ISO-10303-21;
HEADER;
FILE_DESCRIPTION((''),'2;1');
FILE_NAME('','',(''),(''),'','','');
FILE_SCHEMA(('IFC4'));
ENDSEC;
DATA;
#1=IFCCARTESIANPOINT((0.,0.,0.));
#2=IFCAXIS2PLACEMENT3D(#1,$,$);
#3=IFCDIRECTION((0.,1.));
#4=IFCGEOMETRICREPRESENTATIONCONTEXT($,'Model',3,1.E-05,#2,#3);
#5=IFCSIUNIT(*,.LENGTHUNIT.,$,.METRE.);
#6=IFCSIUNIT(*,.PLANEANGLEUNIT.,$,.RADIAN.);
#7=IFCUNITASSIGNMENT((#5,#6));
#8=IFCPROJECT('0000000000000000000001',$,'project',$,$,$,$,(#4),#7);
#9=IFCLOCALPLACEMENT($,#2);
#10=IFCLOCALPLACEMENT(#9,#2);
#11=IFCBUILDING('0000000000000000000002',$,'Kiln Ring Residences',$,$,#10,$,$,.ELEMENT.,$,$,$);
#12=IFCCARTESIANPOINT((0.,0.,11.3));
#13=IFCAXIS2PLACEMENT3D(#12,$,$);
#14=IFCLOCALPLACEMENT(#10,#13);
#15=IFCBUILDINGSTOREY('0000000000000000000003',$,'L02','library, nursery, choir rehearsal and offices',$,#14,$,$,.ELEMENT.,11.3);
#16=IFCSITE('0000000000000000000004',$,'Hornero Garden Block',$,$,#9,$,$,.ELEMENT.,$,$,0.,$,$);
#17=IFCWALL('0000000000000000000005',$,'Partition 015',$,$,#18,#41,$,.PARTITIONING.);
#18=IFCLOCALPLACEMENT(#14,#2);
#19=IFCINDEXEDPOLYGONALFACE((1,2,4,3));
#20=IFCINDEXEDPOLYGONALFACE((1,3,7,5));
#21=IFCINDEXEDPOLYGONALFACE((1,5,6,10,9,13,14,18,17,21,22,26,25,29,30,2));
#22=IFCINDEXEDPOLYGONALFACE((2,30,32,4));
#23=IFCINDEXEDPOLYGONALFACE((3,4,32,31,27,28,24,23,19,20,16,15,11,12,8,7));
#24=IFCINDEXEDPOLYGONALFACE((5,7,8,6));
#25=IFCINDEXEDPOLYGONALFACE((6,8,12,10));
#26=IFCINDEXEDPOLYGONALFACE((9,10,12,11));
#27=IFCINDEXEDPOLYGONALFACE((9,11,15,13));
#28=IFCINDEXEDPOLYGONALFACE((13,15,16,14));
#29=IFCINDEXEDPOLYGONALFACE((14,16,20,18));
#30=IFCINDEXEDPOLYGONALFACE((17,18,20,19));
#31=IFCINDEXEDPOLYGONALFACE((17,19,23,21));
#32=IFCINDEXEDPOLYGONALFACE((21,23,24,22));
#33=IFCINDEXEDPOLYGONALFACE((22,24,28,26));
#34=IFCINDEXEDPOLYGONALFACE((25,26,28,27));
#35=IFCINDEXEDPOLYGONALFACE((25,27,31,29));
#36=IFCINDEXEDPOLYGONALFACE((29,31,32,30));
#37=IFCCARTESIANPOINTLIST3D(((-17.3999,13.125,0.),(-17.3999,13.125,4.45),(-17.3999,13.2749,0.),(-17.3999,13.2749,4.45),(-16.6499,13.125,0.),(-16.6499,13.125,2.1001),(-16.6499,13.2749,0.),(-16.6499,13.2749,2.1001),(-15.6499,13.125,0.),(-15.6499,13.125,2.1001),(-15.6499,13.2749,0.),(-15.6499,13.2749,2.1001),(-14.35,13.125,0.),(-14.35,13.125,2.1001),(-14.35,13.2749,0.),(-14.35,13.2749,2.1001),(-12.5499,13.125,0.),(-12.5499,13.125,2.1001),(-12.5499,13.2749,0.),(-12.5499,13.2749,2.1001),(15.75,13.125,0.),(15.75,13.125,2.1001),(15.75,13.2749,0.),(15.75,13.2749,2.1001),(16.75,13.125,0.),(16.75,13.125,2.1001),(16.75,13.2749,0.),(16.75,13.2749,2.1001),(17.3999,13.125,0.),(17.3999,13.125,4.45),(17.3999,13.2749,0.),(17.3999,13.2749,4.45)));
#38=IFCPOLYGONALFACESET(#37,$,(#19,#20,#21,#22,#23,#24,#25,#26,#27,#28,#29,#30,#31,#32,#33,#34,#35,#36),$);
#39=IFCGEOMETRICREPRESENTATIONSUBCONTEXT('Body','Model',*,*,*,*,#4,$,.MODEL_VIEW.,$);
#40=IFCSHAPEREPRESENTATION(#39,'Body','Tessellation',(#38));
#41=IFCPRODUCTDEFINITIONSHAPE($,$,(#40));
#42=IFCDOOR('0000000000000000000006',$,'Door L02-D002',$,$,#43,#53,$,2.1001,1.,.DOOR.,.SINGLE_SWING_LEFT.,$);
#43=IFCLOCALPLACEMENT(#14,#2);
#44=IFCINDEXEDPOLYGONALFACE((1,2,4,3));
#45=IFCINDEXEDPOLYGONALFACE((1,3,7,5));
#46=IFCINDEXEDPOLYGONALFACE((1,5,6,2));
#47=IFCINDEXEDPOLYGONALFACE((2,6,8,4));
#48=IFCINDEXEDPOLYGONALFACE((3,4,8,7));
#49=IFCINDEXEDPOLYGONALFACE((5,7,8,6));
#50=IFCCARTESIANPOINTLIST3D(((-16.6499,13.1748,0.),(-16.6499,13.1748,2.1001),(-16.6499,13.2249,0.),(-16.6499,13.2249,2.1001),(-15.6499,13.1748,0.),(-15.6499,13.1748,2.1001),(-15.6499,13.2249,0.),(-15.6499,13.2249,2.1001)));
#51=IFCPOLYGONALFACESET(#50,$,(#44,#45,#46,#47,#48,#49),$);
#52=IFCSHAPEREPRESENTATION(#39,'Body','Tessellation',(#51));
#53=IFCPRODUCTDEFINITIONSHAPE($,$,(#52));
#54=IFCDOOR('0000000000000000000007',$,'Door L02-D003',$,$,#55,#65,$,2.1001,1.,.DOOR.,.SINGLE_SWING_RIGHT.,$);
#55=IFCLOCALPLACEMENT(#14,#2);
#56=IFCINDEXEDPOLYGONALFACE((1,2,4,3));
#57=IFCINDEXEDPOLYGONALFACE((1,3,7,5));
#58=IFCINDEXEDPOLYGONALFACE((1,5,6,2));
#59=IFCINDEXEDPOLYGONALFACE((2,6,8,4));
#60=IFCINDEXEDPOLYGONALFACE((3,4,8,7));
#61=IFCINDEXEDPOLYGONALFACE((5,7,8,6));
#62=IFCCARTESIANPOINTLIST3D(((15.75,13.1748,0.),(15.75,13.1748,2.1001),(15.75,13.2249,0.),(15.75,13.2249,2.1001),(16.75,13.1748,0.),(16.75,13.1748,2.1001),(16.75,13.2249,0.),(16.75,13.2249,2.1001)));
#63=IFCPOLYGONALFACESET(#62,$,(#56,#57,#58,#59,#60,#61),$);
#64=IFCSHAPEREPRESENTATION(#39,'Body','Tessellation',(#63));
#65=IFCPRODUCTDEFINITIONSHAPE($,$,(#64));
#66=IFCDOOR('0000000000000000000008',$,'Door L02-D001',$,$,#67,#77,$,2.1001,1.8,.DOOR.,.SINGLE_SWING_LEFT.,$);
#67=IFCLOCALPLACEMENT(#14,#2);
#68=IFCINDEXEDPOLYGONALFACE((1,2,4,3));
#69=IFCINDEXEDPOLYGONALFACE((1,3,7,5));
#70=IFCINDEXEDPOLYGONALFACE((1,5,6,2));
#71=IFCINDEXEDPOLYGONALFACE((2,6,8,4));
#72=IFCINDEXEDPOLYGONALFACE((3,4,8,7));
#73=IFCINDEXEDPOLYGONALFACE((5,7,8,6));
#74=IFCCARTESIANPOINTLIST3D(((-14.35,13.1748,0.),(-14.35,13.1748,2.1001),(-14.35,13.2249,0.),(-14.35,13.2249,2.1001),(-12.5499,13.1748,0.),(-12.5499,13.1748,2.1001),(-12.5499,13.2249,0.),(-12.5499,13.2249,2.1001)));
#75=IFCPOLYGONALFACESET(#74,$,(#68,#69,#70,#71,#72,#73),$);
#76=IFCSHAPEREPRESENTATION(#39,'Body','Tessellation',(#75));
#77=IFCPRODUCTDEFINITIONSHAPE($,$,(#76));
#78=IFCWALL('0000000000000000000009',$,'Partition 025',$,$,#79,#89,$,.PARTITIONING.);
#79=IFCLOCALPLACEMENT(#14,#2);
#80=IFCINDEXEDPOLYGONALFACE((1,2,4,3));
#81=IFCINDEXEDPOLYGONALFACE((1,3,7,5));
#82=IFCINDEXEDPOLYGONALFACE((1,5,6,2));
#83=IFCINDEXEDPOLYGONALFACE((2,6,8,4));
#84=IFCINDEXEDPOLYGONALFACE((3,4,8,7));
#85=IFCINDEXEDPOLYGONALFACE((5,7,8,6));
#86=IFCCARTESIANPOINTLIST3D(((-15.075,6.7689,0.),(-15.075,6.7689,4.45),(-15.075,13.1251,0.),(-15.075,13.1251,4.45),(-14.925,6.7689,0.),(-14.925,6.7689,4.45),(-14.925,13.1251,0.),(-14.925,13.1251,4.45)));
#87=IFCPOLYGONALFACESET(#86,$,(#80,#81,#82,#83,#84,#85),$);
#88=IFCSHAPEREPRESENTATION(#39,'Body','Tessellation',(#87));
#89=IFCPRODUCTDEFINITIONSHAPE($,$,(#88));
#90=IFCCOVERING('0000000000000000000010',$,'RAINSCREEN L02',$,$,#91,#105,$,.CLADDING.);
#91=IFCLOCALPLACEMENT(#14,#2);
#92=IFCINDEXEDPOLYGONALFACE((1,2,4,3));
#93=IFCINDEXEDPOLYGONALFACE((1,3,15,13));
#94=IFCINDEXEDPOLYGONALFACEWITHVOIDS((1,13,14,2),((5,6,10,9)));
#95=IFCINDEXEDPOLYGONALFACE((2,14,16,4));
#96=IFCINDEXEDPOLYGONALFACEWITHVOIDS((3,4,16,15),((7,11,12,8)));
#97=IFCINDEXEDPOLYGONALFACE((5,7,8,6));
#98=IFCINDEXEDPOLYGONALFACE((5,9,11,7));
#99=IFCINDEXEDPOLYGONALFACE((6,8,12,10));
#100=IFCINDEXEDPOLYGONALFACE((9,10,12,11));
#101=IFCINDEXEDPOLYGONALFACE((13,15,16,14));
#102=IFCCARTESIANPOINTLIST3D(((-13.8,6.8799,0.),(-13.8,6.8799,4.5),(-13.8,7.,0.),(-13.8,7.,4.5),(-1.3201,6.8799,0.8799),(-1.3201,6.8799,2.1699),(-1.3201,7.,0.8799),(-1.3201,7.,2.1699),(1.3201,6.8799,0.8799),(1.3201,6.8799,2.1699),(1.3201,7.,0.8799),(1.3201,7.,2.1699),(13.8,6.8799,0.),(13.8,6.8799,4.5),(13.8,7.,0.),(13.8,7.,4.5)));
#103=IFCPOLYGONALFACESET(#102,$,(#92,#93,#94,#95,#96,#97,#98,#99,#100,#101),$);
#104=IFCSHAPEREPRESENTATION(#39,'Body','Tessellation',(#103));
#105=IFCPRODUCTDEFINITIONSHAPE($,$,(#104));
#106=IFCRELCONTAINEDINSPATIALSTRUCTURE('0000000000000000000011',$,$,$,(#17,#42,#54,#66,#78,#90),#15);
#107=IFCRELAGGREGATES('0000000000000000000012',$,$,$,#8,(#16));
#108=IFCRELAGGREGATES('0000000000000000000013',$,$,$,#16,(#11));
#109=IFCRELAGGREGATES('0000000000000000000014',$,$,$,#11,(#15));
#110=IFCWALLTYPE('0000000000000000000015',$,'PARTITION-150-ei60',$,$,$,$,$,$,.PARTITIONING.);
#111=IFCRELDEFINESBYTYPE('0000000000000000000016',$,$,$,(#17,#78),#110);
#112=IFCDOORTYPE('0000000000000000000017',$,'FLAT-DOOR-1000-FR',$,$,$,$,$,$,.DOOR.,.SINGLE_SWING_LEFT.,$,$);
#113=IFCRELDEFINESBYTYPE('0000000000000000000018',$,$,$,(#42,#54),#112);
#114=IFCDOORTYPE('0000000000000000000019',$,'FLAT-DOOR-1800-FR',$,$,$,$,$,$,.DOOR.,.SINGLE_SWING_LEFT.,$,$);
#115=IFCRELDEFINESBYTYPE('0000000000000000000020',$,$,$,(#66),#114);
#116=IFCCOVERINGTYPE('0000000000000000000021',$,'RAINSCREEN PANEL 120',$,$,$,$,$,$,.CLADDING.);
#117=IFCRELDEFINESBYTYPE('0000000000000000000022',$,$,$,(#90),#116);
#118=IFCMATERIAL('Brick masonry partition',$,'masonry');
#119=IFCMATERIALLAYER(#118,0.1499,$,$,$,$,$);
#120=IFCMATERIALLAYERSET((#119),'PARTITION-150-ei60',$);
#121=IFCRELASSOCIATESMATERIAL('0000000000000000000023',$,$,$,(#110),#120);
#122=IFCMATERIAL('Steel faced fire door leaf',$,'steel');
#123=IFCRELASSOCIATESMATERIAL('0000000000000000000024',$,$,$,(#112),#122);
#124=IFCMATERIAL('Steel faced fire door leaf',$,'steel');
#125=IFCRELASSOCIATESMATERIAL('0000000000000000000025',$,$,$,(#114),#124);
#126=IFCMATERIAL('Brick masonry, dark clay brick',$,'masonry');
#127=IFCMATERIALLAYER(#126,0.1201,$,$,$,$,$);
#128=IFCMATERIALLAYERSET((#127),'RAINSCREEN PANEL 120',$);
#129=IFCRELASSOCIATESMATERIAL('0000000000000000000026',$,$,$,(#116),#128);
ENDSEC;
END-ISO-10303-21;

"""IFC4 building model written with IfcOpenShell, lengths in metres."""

from ifc_helpers import new_model, si_unit, direction, frame, frame_2d, origin, place, context, subcontext, project, spatial, polyline, rectangle, outline, extrude, material, layer, layer_set, type_object, element, fill, save


model = new_model("IFC4")

# Units and contexts
model_context = context("Model", 3, precision=1e-05, world=origin(), true_north=direction((0.0, 1.0)))
body_context = subcontext(model_context, "Body", "Model", "MODEL_VIEW")
ifc_project = project(units=[si_unit("LENGTHUNIT", "METRE"), si_unit("PLANEANGLEUNIT", "RADIAN")], contexts=[model_context])

# Site, building, storey
site_placement = place(None, origin())
site = spatial("IfcSite", under=ifc_project, at=site_placement, Name="Hornero Garden Block", CompositionType="ELEMENT", RefElevation=0.0)
building_placement = place(site_placement, origin())
building = spatial("IfcBuilding", under=site, at=building_placement, Name="Kiln Ring Residences", CompositionType="ELEMENT")
storey_placement = place(building_placement, frame((0.0, 0.0, 11.3)))
storey = spatial("IfcBuildingStorey", under=building, at=storey_placement, Name="L02", Description="library, nursery, choir rehearsal and offices", CompositionType="ELEMENT", Elevation=11.3)

# Wall, openings, doors
ifc_material_1 = material(Name="Brick masonry partition", Category="masonry")
ifc_layer_1 = layer(ifc_material_1, 0.1499)
ifc_layer_set_1 = layer_set([ifc_layer_1], Name="PARTITION-150-ei60")
wall_type_1 = type_object("IfcWallType", Name="PARTITION-150-ei60", PredefinedType="PARTITIONING", material=ifc_layer_set_1)
wall_1_placement = place(storey_placement, frame((-17.3999, 13.2, 0.0), z_axis=(0.0, 0.0, 1.0), x_axis=(1.0, 0.0, 0.0)))
wall_1 = element("IfcWall", 1, at=wall_1_placement, inside=storey, type_object=wall_type_1, Name="Partition 015", PredefinedType="PARTITIONING", context=body_context, shape_type="SweptSolid", body=[
    extrude(rectangle(XDim=34.7998, YDim=0.1499, at=frame_2d((17.3999, 0.0))), origin(), (0.0, 0.0, 1.0), 4.45),
])
opening_1_placement = place(wall_1_placement, frame((3.05, 0.0, 0.0)))
opening_1 = element("IfcOpeningElement", 2, at=opening_1_placement, cuts=wall_1, PredefinedType="OPENING", context=body_context, shape_type="SweptSolid", body=[
    extrude(rectangle(XDim=1.8, YDim=2.1001, at=frame_2d((0.8999, 1.05))), frame((0.0, 0.085, 0.0), z_axis=(0.0, -1.0, 0.0), x_axis=(1.0, 0.0, 0.0)), (0.0, 0.0, 1.0), 0.1699),
])
opening_2_placement = place(wall_1_placement, frame((0.75, 0.0, 0.0)))
opening_2 = element("IfcOpeningElement", 3, at=opening_2_placement, cuts=wall_1, PredefinedType="OPENING", context=body_context, shape_type="SweptSolid", body=[
    extrude(rectangle(XDim=1.0, YDim=2.1001, at=frame_2d((0.5, 1.05))), frame((0.0, 0.085, 0.0), z_axis=(0.0, -1.0, 0.0), x_axis=(1.0, 0.0, 0.0)), (0.0, 0.0, 1.0), 0.1699),
])
opening_3_placement = place(wall_1_placement, frame((33.1499, 0.0, 0.0)))
opening_3 = element("IfcOpeningElement", 4, at=opening_3_placement, cuts=wall_1, PredefinedType="OPENING", context=body_context, shape_type="SweptSolid", body=[
    extrude(rectangle(XDim=1.0, YDim=2.1001, at=frame_2d((0.5, 1.05))), frame((0.0, 0.085, 0.0), z_axis=(0.0, -1.0, 0.0), x_axis=(1.0, 0.0, 0.0)), (0.0, 0.0, 1.0), 0.1699),
])
ifc_material_2 = material(Name="Steel faced fire door leaf", Category="steel")
door_type_1 = type_object("IfcDoorType", Name="FLAT-DOOR-1000-FR", OperationType="SINGLE_SWING_LEFT", PredefinedType="DOOR", material=ifc_material_2)
door_1_placement = place(opening_2_placement, origin())
door_1 = element("IfcDoor", 5, at=door_1_placement, inside=storey, type_object=door_type_1, Name="Door L02-D002", OperationType="SINGLE_SWING_LEFT", OverallHeight=2.1001, OverallWidth=1.0, PredefinedType="DOOR", context=body_context, shape_type="SweptSolid", body=[
    extrude(rectangle(XDim=1.0, YDim=2.1001, at=frame_2d((0.5, 1.05))), frame((0.0, 0.0249, 0.0), z_axis=(0.0, -1.0, 0.0), x_axis=(1.0, 0.0, 0.0)), (0.0, 0.0, 1.0), 0.05),
])
fill(opening_2, door_1)
door_2_placement = place(opening_3_placement, origin())
door_2 = element("IfcDoor", 6, at=door_2_placement, inside=storey, type_object=door_type_1, Name="Door L02-D003", OperationType="SINGLE_SWING_RIGHT", OverallHeight=2.1001, OverallWidth=1.0, PredefinedType="DOOR", context=body_context, shape_type="SweptSolid", body=[
    extrude(rectangle(XDim=1.0, YDim=2.1001, at=frame_2d((0.5, 1.05))), frame((0.0, 0.0249, 0.0), z_axis=(0.0, -1.0, 0.0), x_axis=(1.0, 0.0, 0.0)), (0.0, 0.0, 1.0), 0.05),
])
fill(opening_3, door_2)
ifc_material_3 = material(Name="Steel faced fire door leaf", Category="steel")
door_type_2 = type_object("IfcDoorType", Name="FLAT-DOOR-1800-FR", OperationType="SINGLE_SWING_LEFT", PredefinedType="DOOR", material=ifc_material_3)
door_3_placement = place(opening_1_placement, origin())
door_3 = element("IfcDoor", 7, at=door_3_placement, inside=storey, type_object=door_type_2, Name="Door L02-D001", OperationType="SINGLE_SWING_LEFT", OverallHeight=2.1001, OverallWidth=1.8, PredefinedType="DOOR", context=body_context, shape_type="SweptSolid", body=[
    extrude(rectangle(XDim=1.8, YDim=2.1001, at=frame_2d((0.8999, 1.05))), frame((0.0, 0.0249, 0.0), z_axis=(0.0, -1.0, 0.0), x_axis=(1.0, 0.0, 0.0)), (0.0, 0.0, 1.0), 0.05),
])
fill(opening_1, door_3)

# Wall
wall_2_placement = place(storey_placement, frame((-15.0, 6.7688, 0.0), z_axis=(0.0, 0.0, 1.0), x_axis=(0.0, 1.0, 0.0)))
element("IfcWall", 8, at=wall_2_placement, inside=storey, type_object=wall_type_1, Name="Partition 025", PredefinedType="PARTITIONING", context=body_context, shape_type="SweptSolid", body=[
    extrude(rectangle(XDim=6.3562, YDim=0.1499, at=frame_2d((3.1782, 0.0))), origin(), (0.0, 0.0, 1.0), 4.45),
])

# Covering
ifc_material_4 = material(Name="Brick masonry, dark clay brick", Category="masonry")
ifc_layer_2 = layer(ifc_material_4, 0.1201)
ifc_layer_set_2 = layer_set([ifc_layer_2], Name="RAINSCREEN PANEL 120")
covering_type = type_object("IfcCoveringType", Name="RAINSCREEN PANEL 120", PredefinedType="CLADDING", material=ifc_layer_set_2)
covering_placement = place(storey_placement, frame((-13.8, 6.9399, 0.0), z_axis=(0.0, 0.0, 1.0), x_axis=(1.0, 0.0, 0.0)))
element("IfcCovering", 9, at=covering_placement, inside=storey, type_object=covering_type, Name="RAINSCREEN L02", PredefinedType="CLADDING", context=body_context, shape_type="SweptSolid", body=[
    extrude(outline(polyline([(0.0, 0.0), (27.6001, 0.0), (27.6001, 4.5), (0.0, 4.5), (0.0, 0.0)]), holes=[polyline([(12.48, 2.1699), (12.48, 0.8799), (15.1201, 0.8799), (15.1201, 2.1699), (12.48, 2.1699)])]), frame((0.0, 0.0601, 0.0), z_axis=(0.0, -1.0, 0.0), x_axis=(1.0, 0.0, 0.0)), (0.0, 0.0, 1.0), 0.1201),
])

save(model, "model.ifc")
